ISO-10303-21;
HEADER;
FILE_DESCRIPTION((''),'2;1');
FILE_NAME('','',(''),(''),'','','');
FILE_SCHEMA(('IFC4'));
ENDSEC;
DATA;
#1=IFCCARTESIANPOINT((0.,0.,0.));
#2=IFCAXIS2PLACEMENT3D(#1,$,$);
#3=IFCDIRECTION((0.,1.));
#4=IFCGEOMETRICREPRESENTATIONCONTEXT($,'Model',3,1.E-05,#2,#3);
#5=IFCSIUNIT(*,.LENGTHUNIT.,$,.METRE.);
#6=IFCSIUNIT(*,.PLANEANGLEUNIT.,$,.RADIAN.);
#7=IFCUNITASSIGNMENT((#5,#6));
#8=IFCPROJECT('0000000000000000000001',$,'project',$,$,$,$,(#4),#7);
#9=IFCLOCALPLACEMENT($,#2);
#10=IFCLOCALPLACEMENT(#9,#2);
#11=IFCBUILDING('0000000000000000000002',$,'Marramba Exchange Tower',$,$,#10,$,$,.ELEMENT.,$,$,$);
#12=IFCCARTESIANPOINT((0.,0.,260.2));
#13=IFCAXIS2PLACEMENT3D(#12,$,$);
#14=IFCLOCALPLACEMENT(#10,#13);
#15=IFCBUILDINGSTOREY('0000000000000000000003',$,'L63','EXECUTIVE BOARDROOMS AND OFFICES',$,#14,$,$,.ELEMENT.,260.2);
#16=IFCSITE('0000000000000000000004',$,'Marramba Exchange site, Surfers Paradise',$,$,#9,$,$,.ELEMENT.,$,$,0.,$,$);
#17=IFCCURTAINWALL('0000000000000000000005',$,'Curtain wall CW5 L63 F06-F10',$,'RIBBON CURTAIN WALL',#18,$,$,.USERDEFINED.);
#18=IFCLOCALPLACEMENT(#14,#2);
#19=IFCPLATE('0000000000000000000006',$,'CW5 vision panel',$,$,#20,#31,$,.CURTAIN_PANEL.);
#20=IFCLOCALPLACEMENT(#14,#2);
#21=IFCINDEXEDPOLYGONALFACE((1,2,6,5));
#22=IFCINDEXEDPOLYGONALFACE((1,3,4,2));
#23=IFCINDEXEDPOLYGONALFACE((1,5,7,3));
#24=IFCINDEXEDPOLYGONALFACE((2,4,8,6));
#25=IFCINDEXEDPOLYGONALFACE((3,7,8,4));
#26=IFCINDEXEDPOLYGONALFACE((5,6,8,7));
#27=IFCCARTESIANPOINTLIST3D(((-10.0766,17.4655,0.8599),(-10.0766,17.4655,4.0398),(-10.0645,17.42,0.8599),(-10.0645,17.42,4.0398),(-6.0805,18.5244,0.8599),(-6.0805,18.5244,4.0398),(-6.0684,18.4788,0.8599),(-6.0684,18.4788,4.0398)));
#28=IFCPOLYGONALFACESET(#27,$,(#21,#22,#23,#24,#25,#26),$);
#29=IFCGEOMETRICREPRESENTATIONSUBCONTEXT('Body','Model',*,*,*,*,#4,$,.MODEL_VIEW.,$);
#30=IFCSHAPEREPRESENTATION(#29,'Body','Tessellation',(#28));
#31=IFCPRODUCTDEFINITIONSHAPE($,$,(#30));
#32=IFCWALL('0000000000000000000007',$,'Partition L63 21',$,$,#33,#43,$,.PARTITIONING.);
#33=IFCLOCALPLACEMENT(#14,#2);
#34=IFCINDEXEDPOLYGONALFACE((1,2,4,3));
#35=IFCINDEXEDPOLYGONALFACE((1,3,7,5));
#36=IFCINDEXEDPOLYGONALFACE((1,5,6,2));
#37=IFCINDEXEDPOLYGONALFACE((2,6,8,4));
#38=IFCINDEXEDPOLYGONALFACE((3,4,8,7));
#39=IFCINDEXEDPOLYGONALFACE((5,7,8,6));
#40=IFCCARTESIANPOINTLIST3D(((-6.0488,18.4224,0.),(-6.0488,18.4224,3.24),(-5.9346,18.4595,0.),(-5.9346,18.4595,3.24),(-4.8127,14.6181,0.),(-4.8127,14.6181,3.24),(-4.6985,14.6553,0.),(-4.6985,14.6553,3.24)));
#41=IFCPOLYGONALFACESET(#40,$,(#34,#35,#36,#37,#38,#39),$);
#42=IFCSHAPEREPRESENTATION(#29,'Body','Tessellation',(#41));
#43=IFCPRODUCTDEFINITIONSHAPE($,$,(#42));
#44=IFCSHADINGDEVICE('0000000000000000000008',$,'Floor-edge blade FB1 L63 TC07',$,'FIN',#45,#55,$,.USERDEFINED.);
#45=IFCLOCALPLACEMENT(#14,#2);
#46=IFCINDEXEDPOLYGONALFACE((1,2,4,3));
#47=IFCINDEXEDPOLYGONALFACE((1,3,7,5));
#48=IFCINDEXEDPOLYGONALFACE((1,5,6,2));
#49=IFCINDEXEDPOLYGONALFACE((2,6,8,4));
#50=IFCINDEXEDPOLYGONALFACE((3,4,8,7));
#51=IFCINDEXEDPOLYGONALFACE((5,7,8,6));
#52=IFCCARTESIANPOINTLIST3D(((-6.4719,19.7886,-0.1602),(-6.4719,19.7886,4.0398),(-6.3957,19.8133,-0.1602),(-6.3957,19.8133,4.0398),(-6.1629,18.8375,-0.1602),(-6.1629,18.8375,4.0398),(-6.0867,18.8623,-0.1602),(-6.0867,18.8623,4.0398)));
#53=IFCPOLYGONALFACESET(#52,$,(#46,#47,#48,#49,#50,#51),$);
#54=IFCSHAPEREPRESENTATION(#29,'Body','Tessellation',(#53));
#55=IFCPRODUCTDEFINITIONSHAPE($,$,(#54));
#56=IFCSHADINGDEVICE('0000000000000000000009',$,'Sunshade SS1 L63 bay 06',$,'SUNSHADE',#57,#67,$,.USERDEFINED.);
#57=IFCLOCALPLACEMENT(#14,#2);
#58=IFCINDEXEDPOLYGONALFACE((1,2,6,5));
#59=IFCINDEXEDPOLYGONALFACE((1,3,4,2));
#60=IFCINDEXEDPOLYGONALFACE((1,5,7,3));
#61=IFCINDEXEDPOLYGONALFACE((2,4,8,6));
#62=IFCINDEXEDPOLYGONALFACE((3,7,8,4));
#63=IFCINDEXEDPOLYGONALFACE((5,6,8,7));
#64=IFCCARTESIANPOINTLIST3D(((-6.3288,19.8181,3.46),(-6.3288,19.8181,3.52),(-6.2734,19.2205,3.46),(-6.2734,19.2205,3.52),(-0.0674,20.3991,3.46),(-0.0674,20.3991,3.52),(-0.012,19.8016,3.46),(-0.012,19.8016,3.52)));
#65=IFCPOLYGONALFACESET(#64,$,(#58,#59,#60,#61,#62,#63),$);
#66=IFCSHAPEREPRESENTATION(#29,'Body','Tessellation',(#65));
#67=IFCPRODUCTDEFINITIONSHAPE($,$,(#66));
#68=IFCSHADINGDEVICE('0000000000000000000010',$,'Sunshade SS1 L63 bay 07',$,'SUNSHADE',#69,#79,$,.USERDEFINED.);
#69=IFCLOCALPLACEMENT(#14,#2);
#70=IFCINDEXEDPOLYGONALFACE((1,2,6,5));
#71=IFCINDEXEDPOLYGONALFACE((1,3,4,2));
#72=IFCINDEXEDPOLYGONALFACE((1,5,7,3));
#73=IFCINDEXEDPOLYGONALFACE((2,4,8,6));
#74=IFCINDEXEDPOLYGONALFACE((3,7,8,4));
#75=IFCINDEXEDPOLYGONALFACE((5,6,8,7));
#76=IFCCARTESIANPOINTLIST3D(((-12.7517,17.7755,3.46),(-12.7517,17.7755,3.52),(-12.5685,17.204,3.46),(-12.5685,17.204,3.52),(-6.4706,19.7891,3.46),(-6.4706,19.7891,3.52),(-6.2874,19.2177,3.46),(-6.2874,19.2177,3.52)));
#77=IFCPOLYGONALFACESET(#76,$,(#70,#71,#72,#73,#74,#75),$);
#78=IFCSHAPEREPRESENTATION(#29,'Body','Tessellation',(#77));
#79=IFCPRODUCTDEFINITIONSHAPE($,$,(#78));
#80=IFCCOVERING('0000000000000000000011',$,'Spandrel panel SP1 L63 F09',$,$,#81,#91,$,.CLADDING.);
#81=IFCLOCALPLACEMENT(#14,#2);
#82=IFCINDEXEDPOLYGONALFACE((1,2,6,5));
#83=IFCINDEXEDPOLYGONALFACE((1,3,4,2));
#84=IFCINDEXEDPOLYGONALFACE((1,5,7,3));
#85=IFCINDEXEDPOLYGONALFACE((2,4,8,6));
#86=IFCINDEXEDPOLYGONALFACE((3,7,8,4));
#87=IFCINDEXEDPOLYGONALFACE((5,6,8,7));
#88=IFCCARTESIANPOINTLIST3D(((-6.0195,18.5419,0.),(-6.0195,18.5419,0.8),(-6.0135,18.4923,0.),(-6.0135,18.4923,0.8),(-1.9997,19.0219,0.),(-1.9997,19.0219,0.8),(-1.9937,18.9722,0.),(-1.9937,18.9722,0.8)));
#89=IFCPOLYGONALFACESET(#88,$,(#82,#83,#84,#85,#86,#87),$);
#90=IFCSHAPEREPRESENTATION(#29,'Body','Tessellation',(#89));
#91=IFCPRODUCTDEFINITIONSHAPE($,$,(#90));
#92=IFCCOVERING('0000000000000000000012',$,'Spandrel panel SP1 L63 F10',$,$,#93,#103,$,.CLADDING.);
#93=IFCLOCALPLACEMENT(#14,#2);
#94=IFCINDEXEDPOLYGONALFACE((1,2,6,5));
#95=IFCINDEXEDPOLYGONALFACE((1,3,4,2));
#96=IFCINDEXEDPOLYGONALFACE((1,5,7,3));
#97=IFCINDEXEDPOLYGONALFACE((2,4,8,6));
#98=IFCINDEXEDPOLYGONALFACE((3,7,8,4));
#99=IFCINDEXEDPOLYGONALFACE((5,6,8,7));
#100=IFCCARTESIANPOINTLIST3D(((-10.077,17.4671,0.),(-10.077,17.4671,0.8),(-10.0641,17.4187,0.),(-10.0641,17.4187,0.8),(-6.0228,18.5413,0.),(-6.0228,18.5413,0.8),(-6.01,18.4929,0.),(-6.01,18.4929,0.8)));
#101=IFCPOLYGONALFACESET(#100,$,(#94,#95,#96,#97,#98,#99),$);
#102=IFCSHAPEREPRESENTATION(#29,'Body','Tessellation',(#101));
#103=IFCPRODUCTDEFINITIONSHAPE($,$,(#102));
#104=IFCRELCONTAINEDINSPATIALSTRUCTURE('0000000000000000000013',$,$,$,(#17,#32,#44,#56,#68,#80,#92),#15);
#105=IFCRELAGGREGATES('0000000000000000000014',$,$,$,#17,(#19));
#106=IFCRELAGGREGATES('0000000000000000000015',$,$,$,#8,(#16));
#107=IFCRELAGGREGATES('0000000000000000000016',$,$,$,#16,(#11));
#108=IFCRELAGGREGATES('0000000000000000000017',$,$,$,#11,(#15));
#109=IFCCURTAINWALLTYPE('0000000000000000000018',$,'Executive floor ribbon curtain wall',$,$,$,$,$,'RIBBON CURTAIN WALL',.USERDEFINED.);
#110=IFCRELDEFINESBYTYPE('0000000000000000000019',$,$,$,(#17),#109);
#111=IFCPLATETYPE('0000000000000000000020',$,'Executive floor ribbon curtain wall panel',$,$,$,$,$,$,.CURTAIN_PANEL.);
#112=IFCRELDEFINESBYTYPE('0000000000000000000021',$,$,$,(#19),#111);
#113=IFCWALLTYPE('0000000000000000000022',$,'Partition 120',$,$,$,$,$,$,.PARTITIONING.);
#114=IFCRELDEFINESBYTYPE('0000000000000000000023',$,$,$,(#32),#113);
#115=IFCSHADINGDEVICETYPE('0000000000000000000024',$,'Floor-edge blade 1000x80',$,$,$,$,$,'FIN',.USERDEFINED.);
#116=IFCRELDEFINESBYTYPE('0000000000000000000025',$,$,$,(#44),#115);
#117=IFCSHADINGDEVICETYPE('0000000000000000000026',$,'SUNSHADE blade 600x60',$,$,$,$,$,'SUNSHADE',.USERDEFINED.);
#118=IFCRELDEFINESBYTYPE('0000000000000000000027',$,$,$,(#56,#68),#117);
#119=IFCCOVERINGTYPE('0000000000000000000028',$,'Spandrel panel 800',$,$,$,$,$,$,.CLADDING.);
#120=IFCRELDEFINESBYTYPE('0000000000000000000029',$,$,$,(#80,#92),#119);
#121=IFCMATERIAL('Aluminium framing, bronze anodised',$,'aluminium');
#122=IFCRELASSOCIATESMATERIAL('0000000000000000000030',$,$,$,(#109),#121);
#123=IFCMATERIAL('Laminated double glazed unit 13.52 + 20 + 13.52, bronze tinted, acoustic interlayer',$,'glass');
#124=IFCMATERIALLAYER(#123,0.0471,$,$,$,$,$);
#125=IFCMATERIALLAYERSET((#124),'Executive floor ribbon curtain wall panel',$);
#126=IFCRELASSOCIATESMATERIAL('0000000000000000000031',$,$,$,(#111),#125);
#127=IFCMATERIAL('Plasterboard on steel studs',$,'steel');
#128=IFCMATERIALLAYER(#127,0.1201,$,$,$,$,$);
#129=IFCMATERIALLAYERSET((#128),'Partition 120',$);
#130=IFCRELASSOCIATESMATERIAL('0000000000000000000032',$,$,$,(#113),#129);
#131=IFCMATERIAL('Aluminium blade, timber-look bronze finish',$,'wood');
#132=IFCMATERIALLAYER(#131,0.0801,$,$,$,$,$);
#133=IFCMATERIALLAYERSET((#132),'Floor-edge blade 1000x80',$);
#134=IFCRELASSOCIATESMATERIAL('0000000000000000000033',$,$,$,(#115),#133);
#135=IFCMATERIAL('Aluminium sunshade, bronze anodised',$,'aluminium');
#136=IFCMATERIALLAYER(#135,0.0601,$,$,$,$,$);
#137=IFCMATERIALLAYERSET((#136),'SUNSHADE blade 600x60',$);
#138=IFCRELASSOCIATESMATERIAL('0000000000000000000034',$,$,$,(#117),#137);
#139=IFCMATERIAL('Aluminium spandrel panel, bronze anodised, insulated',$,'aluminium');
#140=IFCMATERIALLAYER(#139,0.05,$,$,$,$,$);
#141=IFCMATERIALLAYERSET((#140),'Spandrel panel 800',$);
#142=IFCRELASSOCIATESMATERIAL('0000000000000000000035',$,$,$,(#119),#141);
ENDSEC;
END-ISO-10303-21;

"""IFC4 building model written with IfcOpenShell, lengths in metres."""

from ifc_helpers import new_model, si_unit, direction, frame, frame_2d, origin, origin_2d, place, context, subcontext, project, spatial, rectangle, extrude, material, layer, layer_set, type_object, element, aggregate, save


model = new_model("IFC4")

# Units and contexts
model_context = context("Model", 3, precision=1e-05, world=origin(), true_north=direction((0.0, 1.0)))
body_context = subcontext(model_context, "Body", "Model", "MODEL_VIEW")
ifc_project = project(units=[si_unit("LENGTHUNIT", "METRE"), si_unit("PLANEANGLEUNIT", "RADIAN")], contexts=[model_context])

# Site, building, storey
site_placement = place(None, origin())
site = spatial("IfcSite", under=ifc_project, at=site_placement, Name="Marramba Exchange site, Surfers Paradise", CompositionType="ELEMENT", RefElevation=0.0)
building_placement = place(site_placement, origin())
building = spatial("IfcBuilding", under=site, at=building_placement, Name="Marramba Exchange Tower", CompositionType="ELEMENT")
storey_placement = place(building_placement, frame((0.0, 0.0, 260.2)))
storey = spatial("IfcBuildingStorey", under=building, at=storey_placement, Name="L63", Description="EXECUTIVE BOARDROOMS AND OFFICES", CompositionType="ELEMENT", Elevation=260.2)

# Curtain wall
ifc_material_1 = material(Name="Aluminium framing, bronze anodised", Category="aluminium")
curtain_wall_type = type_object("IfcCurtainWallType", Name="Executive floor ribbon curtain wall", ElementType="RIBBON CURTAIN WALL", PredefinedType="USERDEFINED", material=ifc_material_1)
curtain_wall_1_placement = place(storey_placement, origin())
curtain_wall_1 = element("IfcCurtainWall", 1, at=curtain_wall_1_placement, inside=storey, type_object=curtain_wall_type, Name="Curtain wall CW5 L63 F06-F10", ObjectType="RIBBON CURTAIN WALL", PredefinedType="USERDEFINED")

# Plate
ifc_material_2 = material(Name="Laminated double glazed unit 13.52 + 20 + 13.52, bronze tinted, acoustic interlayer", Category="glass")
ifc_layer_1 = layer(ifc_material_2, 0.0471)
ifc_layer_set_1 = layer_set([ifc_layer_1], Name="Executive floor ribbon curtain wall panel")
plate_type = type_object("IfcPlateType", Name="Executive floor ribbon curtain wall panel", PredefinedType="CURTAIN_PANEL", material=ifc_layer_set_1)
plate_1_placement = place(storey_placement, frame((-8.0725, 17.9722, 0.8599), z_axis=(0.0, 0.0, 1.0), x_axis=(-0.966644, -0.256126, 0.0)))
plate_1 = element("IfcPlate", 2, at=plate_1_placement, type_object=plate_type, Name="CW5 vision panel", PredefinedType="CURTAIN_PANEL", context=body_context, shape_type="SweptSolid", body=[
    extrude(rectangle(XDim=4.134, YDim=0.0471, at=origin_2d()), origin(), (0.0, 0.0, 1.0), 3.1799),
])
aggregate(curtain_wall_1, [plate_1])

# Wall
ifc_material_3 = material(Name="Plasterboard on steel studs", Category="steel")
ifc_layer_2 = layer(ifc_material_3, 0.1201)
ifc_layer_set_2 = layer_set([ifc_layer_2], Name="Partition 120")
wall_type = type_object("IfcWallType", Name="Partition 120", PredefinedType="PARTITIONING", material=ifc_layer_set_2)
wall_placement = place(storey_placement, frame((-5.9917, 18.4409, 0.0), z_axis=(0.0, 0.0, 1.0), x_axis=(0.309023, -0.951055, 0.0)))
element("IfcWall", 3, at=wall_placement, inside=storey, type_object=wall_type, Name="Partition L63 21", PredefinedType="PARTITIONING", context=body_context, shape_type="SweptSolid", body=[
    extrude(rectangle(XDim=4.0, YDim=0.1201, at=frame_2d((2.0, 0.0))), origin(), (0.0, 0.0, 1.0), 3.24),
])

# Shading devices
ifc_material_4 = material(Name="Aluminium blade, timber-look bronze finish", Category="wood")
ifc_layer_3 = layer(ifc_material_4, 0.0801)
ifc_layer_set_3 = layer_set([ifc_layer_3], Name="Floor-edge blade 1000x80")
shading_device_type_1 = type_object("IfcShadingDeviceType", Name="Floor-edge blade 1000x80", ElementType="FIN", PredefinedType="USERDEFINED", material=ifc_layer_set_3)
shading_device_1_placement = place(storey_placement, frame((-6.2793, 19.3254, -0.1602), z_axis=(0.0, 0.0, 1.0), x_axis=(-0.309017, 0.951057, 0.0)))
element("IfcShadingDevice", 4, at=shading_device_1_placement, inside=storey, type_object=shading_device_type_1, Name="Floor-edge blade FB1 L63 TC07", ObjectType="FIN", PredefinedType="USERDEFINED", context=body_context, shape_type="SweptSolid", body=[
    extrude(rectangle(XDim=1.0, YDim=0.0801, at=origin_2d()), origin(), (0.0, 0.0, 1.0), 4.2),
])
ifc_material_5 = material(Name="Aluminium sunshade, bronze anodised", Category="aluminium")
ifc_layer_4 = layer(ifc_material_5, 0.0601)
ifc_layer_set_4 = layer_set([ifc_layer_4], Name="SUNSHADE blade 600x60")
shading_device_type_2 = type_object("IfcShadingDeviceType", Name="SUNSHADE blade 600x60", ElementType="SUNSHADE", PredefinedType="USERDEFINED", material=ifc_layer_set_4)
shading_device_2_placement = place(storey_placement, frame((-3.1704, 19.8098, 3.46), z_axis=(0.0, 0.0, 1.0), x_axis=(-0.995722, -0.092397, 0.0)))
element("IfcShadingDevice", 5, at=shading_device_2_placement, inside=storey, type_object=shading_device_type_2, Name="Sunshade SS1 L63 bay 06", ObjectType="SUNSHADE", PredefinedType="USERDEFINED", context=body_context, shape_type="SweptSolid", body=[
    extrude(rectangle(XDim=6.2883, YDim=0.6001, at=origin_2d()), origin(), (0.0, 0.0, 1.0), 0.0601),
])
shading_device_3_placement = place(storey_placement, frame((-9.5195, 18.4966, 3.46), z_axis=(0.0, 0.0, 1.0), x_axis=(-0.95226, -0.305289, 0.0)))
element("IfcShadingDevice", 6, at=shading_device_3_placement, inside=storey, type_object=shading_device_type_2, Name="Sunshade SS1 L63 bay 07", ObjectType="SUNSHADE", PredefinedType="USERDEFINED", context=body_context, shape_type="SweptSolid", body=[
    extrude(rectangle(XDim=6.5959, YDim=0.6001, at=origin_2d()), origin(), (0.0, 0.0, 1.0), 0.0601),
])

# Coverings
ifc_material_6 = material(Name="Aluminium spandrel panel, bronze anodised, insulated", Category="aluminium")
ifc_layer_5 = layer(ifc_material_6, 0.05)
ifc_layer_set_5 = layer_set([ifc_layer_5], Name="Spandrel panel 800")
covering_type = type_object("IfcCoveringType", Name="Spandrel panel 800", PredefinedType="CLADDING", material=ifc_layer_set_5)
covering_1_placement = place(storey_placement, frame((-4.0066, 18.7571, 0.0), z_axis=(0.0, 0.0, 1.0), x_axis=(-0.992947, -0.118557, 0.0)))
element("IfcCovering", 7, at=covering_1_placement, inside=storey, type_object=covering_type, Name="Spandrel panel SP1 L63 F09", PredefinedType="CLADDING", context=body_context, shape_type="SweptSolid", body=[
    extrude(rectangle(XDim=4.0483, YDim=0.05, at=origin_2d()), origin(), (0.0, 0.0, 1.0), 0.8),
])
covering_2_placement = place(storey_placement, frame((-8.0435, 17.98, 0.0), z_axis=(0.0, 0.0, 1.0), x_axis=(-0.966644, -0.256126, 0.0)))
element("IfcCovering", 8, at=covering_2_placement, inside=storey, type_object=covering_type, Name="Spandrel panel SP1 L63 F10", PredefinedType="CLADDING", context=body_context, shape_type="SweptSolid", body=[
    extrude(rectangle(XDim=4.1941, YDim=0.05, at=origin_2d()), origin(), (0.0, 0.0, 1.0), 0.8),
])

save(model, "model.ifc")
